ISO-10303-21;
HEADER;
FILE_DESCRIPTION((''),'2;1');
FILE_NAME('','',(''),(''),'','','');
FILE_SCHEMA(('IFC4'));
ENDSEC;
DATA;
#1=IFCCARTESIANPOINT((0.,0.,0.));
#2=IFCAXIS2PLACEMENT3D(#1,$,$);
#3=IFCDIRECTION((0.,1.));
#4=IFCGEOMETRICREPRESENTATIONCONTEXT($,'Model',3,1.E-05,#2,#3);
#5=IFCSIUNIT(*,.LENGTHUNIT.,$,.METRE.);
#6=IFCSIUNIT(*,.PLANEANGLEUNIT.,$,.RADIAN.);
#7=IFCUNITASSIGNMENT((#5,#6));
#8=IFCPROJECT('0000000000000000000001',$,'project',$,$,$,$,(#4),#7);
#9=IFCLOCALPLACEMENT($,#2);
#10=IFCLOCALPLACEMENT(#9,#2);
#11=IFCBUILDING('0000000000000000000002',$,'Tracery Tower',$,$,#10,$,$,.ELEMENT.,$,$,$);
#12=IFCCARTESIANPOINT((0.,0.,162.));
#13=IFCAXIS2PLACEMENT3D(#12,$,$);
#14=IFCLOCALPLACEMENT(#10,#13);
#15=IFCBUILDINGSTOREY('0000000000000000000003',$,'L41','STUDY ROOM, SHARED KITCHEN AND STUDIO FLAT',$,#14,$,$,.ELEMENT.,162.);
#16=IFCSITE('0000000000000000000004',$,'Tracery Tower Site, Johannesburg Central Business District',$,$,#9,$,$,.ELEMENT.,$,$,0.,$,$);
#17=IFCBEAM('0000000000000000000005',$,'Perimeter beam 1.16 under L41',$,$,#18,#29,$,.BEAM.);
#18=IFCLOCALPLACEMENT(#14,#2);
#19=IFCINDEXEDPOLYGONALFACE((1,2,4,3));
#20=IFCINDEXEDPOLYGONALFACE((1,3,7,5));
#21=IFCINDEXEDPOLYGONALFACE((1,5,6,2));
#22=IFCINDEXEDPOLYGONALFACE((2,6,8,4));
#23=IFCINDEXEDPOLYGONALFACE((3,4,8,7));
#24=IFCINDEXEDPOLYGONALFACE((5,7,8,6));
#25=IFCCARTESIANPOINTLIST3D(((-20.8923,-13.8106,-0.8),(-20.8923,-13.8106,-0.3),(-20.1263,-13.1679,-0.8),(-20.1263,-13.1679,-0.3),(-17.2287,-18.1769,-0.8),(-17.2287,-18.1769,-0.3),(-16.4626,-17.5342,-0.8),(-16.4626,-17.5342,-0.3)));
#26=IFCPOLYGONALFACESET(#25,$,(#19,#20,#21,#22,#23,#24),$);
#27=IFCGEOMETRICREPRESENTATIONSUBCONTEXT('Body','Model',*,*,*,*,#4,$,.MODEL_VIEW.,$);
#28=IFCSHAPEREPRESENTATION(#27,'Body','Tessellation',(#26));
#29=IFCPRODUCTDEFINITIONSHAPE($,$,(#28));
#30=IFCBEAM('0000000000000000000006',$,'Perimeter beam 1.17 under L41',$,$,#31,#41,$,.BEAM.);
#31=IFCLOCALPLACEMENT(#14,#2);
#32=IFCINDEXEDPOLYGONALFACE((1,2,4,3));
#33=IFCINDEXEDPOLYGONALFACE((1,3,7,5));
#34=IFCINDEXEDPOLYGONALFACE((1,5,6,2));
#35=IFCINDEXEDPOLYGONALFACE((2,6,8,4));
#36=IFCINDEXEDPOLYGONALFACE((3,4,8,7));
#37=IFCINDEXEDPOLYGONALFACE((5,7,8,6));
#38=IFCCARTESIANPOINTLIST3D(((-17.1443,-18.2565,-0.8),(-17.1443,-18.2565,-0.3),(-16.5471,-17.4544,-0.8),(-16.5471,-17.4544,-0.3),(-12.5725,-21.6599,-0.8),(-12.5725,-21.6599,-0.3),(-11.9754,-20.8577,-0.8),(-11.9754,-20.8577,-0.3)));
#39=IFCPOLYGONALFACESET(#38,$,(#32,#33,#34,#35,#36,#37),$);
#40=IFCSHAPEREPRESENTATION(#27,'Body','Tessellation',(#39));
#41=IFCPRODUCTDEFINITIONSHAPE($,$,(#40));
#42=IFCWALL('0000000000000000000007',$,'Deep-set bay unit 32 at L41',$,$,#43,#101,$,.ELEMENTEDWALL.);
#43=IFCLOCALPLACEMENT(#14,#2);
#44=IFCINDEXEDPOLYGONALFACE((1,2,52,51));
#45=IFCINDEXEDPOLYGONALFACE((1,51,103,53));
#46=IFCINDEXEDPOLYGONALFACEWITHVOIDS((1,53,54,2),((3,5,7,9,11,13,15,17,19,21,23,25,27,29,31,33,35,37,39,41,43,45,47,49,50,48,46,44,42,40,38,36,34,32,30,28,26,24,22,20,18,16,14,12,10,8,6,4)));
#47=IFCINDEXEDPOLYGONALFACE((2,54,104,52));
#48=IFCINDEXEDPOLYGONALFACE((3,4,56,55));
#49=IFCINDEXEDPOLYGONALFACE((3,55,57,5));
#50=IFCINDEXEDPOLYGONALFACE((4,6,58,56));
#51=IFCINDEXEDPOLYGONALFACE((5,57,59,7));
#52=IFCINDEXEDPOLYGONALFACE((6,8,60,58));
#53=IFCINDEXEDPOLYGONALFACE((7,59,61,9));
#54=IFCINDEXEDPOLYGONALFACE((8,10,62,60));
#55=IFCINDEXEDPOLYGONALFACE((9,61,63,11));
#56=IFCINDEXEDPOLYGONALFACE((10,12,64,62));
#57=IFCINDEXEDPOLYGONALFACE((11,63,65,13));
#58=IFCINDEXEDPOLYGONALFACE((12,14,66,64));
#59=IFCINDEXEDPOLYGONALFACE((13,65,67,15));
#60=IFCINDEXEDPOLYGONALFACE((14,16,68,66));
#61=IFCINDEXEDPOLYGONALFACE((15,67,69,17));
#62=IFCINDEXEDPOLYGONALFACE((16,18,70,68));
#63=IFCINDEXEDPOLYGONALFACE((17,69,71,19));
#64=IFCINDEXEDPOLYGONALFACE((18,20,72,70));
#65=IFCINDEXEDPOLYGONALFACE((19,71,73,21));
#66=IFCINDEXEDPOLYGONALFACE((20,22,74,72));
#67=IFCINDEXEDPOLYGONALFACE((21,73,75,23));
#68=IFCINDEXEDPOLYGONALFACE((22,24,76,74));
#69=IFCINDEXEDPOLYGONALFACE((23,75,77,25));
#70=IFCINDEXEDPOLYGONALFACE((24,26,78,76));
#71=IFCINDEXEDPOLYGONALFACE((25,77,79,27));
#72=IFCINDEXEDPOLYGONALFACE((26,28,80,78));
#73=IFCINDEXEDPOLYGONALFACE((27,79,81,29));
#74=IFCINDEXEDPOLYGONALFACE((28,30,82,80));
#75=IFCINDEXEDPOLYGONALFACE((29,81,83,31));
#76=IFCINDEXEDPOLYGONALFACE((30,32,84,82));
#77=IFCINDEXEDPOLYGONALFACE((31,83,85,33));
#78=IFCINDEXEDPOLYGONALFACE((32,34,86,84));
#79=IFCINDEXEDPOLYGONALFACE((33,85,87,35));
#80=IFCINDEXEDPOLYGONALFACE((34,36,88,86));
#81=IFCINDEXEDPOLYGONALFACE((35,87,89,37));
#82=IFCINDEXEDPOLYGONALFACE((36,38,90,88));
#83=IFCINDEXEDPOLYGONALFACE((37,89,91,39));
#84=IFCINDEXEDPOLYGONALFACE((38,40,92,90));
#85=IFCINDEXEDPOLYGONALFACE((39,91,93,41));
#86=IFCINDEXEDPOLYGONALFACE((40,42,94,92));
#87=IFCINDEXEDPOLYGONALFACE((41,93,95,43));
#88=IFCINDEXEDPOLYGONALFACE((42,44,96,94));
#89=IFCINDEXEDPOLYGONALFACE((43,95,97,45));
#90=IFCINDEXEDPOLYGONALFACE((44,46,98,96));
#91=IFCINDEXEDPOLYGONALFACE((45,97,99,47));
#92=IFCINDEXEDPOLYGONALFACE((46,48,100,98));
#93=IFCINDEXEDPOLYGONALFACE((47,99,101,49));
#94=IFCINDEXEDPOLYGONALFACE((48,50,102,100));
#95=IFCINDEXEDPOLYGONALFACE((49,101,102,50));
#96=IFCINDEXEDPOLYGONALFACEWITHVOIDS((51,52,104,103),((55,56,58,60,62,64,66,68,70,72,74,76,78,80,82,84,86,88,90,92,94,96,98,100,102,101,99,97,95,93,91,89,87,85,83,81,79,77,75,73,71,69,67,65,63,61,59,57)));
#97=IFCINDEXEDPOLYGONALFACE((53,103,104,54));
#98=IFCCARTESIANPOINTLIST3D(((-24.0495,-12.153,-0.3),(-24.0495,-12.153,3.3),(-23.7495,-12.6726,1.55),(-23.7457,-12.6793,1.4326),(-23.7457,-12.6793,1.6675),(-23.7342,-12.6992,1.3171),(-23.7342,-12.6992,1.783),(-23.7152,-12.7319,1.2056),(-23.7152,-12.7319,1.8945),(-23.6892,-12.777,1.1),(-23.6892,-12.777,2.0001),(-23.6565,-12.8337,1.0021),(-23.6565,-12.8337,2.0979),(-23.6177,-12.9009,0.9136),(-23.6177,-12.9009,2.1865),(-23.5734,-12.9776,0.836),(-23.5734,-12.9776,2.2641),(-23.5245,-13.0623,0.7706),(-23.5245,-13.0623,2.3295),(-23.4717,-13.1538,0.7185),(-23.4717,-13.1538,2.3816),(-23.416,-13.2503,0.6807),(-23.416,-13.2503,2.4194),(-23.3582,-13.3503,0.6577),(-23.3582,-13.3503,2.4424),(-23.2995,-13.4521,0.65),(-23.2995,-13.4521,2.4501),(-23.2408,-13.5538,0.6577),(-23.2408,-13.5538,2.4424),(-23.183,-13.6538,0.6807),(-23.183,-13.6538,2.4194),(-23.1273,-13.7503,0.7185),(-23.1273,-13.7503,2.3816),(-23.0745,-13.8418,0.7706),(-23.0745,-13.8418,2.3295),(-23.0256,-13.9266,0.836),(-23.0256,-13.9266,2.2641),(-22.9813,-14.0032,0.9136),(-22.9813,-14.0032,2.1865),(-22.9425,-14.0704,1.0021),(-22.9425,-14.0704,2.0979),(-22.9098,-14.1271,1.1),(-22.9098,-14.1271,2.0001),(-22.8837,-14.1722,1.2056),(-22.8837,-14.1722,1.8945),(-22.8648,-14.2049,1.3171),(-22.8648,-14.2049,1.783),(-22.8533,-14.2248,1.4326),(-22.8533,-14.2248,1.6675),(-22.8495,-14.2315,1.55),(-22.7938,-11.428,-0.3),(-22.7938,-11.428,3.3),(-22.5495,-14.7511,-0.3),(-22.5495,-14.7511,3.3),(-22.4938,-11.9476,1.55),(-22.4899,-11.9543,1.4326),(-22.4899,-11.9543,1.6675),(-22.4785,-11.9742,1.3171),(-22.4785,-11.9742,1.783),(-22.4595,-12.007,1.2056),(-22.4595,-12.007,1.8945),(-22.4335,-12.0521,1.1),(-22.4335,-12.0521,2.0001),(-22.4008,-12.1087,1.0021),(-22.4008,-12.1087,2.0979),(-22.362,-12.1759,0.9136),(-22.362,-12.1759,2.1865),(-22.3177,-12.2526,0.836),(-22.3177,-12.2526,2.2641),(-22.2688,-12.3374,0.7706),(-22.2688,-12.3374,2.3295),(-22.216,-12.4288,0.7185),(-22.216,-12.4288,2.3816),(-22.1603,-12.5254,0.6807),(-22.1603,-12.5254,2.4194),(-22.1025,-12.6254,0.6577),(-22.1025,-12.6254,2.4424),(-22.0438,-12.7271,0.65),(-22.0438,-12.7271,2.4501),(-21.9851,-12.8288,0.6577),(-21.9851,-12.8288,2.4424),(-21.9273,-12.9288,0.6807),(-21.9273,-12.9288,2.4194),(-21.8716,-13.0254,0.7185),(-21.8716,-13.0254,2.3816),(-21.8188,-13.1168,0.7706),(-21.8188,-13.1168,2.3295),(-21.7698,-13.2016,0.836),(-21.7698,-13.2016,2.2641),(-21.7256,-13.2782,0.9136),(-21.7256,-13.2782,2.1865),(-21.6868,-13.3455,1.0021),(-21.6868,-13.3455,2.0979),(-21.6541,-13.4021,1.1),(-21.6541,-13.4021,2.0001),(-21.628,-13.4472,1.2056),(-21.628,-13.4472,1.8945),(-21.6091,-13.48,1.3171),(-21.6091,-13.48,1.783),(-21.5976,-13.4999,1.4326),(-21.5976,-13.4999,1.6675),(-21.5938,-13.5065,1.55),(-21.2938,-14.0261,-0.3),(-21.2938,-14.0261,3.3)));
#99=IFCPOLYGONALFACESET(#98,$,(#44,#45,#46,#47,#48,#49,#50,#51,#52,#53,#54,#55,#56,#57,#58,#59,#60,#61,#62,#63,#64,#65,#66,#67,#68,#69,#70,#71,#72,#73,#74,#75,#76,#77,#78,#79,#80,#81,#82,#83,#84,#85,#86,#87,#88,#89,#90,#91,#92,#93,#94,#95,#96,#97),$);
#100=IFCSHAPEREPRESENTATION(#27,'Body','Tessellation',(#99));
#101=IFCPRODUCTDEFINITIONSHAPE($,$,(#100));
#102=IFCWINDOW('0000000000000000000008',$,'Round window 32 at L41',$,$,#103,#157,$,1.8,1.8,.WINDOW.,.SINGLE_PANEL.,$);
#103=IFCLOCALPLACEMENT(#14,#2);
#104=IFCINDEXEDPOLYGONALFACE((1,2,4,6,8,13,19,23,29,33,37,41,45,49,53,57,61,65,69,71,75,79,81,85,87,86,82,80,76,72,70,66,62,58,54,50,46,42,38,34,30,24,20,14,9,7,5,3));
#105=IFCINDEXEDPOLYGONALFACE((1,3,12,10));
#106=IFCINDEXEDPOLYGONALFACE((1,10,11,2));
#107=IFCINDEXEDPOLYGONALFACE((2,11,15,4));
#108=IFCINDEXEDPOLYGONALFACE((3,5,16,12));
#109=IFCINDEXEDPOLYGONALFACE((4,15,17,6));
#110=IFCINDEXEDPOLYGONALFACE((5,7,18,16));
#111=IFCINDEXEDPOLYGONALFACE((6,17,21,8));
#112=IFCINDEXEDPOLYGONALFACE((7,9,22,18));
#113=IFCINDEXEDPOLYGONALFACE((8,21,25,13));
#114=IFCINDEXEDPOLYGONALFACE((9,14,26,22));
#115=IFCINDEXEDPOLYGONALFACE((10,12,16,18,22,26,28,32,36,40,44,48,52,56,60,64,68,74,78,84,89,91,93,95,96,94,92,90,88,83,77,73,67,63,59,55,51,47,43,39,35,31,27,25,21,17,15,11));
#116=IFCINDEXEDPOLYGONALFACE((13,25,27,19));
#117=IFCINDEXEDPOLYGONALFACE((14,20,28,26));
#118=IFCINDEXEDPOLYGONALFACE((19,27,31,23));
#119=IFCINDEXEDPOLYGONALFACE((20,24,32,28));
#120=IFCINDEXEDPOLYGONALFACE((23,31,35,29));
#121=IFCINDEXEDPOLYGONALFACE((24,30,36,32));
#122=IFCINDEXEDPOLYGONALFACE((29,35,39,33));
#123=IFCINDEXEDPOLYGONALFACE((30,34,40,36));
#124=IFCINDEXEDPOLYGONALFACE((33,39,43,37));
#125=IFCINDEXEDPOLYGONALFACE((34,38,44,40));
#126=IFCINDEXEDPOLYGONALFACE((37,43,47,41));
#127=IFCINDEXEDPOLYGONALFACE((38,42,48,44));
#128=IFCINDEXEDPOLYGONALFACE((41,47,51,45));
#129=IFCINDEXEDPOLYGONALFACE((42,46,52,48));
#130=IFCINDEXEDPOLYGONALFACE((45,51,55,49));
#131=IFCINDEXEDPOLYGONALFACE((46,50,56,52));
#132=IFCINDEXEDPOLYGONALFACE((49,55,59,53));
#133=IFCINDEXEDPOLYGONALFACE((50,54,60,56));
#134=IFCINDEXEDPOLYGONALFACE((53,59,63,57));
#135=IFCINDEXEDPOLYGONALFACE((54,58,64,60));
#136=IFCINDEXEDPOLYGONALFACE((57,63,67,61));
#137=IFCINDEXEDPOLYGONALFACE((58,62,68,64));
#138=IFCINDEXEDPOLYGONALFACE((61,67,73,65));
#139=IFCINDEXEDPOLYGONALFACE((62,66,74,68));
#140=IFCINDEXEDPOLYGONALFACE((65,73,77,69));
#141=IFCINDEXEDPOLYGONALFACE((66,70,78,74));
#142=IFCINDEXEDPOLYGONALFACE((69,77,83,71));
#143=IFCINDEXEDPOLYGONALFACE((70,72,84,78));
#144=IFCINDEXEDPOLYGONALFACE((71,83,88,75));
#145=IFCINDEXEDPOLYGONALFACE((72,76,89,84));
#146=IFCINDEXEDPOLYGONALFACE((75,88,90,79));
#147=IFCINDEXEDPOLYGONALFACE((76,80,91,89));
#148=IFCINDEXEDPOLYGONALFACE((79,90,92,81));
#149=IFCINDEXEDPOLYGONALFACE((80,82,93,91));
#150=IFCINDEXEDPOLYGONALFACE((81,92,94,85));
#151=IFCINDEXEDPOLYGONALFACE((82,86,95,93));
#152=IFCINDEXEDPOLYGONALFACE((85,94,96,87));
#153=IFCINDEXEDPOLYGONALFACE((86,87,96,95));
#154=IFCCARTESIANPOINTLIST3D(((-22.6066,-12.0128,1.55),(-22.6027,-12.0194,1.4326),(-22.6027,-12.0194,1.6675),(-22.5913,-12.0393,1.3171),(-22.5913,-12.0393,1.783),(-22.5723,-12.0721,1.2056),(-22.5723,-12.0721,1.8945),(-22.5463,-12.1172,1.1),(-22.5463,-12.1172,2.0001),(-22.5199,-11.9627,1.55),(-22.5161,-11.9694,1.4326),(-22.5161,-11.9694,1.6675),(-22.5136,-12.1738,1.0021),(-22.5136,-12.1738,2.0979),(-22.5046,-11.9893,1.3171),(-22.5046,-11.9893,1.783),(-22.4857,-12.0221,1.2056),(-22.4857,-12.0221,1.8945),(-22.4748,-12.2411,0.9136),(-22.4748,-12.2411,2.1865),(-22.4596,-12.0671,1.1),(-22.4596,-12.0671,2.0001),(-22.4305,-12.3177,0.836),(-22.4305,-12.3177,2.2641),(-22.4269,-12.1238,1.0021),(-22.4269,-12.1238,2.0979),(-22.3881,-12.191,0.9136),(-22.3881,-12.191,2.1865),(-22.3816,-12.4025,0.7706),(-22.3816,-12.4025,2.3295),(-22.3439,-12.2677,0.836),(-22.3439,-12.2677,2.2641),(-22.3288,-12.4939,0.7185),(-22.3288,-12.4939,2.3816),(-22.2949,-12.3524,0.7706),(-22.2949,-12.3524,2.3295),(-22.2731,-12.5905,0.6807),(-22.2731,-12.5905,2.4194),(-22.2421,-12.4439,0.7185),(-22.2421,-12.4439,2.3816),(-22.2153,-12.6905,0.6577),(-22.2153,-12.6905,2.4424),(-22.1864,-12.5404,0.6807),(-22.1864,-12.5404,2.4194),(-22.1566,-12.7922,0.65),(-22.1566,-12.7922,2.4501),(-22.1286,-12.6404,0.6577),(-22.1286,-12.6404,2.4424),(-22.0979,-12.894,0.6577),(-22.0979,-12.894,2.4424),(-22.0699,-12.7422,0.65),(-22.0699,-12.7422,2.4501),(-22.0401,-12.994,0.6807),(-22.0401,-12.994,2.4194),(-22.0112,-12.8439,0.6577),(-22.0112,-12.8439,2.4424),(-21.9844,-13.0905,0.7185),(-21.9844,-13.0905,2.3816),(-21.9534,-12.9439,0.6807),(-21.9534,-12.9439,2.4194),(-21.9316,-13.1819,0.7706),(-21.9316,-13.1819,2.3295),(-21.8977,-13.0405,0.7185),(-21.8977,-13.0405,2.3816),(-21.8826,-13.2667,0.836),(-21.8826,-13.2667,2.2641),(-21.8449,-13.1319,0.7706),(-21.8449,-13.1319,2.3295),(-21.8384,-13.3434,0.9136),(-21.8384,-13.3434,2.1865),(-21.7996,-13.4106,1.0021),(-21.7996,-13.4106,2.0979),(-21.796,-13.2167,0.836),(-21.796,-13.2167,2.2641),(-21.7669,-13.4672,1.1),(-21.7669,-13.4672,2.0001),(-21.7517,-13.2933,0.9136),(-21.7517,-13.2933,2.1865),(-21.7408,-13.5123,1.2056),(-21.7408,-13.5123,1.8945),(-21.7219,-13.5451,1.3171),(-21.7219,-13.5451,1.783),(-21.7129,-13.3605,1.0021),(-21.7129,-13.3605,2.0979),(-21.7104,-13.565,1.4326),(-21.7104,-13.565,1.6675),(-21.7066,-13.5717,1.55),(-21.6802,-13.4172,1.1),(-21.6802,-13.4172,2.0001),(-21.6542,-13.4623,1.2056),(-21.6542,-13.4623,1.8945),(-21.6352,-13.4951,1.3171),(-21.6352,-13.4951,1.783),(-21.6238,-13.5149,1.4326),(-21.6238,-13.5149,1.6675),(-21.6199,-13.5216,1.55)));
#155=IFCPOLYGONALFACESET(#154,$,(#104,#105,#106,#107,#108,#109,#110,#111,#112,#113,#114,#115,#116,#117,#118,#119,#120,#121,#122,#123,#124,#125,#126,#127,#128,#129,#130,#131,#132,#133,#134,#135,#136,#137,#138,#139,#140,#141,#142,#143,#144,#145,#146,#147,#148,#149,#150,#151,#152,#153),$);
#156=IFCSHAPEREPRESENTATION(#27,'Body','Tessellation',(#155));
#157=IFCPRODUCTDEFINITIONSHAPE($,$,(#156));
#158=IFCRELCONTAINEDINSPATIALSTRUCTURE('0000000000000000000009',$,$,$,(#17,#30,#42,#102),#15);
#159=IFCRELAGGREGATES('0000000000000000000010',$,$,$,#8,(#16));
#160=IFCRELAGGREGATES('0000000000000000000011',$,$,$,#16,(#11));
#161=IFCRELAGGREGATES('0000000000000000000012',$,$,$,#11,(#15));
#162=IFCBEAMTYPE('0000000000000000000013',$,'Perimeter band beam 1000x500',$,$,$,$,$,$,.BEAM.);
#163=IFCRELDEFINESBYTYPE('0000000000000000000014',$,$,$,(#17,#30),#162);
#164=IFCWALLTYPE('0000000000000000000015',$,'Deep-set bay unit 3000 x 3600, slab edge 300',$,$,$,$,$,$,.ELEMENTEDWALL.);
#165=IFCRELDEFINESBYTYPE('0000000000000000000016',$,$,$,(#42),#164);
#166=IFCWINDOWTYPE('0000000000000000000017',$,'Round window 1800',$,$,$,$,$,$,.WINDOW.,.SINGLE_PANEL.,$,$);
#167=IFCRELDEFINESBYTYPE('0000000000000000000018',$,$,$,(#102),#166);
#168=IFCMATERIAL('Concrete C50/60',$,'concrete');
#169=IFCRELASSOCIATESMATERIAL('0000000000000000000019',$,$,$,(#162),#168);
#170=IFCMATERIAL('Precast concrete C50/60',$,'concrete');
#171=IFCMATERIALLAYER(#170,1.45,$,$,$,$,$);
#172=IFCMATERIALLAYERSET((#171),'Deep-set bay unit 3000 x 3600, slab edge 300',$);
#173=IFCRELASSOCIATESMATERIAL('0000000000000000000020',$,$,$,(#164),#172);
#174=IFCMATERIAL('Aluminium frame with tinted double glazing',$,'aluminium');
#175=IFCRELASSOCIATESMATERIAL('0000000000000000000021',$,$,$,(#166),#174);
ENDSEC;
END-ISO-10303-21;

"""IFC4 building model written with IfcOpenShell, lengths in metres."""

from ifc_helpers import new_model, si_unit, direction, frame, frame_2d, origin, origin_2d, place, context, subcontext, project, spatial, rectangle, circle, extrude, material, layer, layer_set, material_profile, profile_set, type_object, element, fill, save


model = new_model("IFC4")

# Units and contexts
model_context = context("Model", 3, precision=1e-05, world=origin(), true_north=direction((0.0, 1.0)))
body_context = subcontext(model_context, "Body", "Model", "MODEL_VIEW")
ifc_project = project(units=[si_unit("LENGTHUNIT", "METRE"), si_unit("PLANEANGLEUNIT", "RADIAN")], contexts=[model_context])

# Site, building, storey
site_placement = place(None, origin())
site = spatial("IfcSite", under=ifc_project, at=site_placement, Name="Tracery Tower Site, Johannesburg Central Business District", CompositionType="ELEMENT", RefElevation=0.0)
building_placement = place(site_placement, origin())
building = spatial("IfcBuilding", under=site, at=building_placement, Name="Tracery Tower", CompositionType="ELEMENT")
storey_placement = place(building_placement, frame((0.0, 0.0, 162.0)))
storey = spatial("IfcBuildingStorey", under=building, at=storey_placement, Name="L41", Description="STUDY ROOM, SHARED KITCHEN AND STUDIO FLAT", CompositionType="ELEMENT", Elevation=162.0)

# Beams
ifc_material_1 = material(Name="Concrete C50/60", Category="concrete")
ifc_material_profile_1 = material_profile(ifc_material_1, rectangle(XDim=1.0, YDim=0.5, at=origin_2d()), Name="RC 1000x500")
ifc_profile_set_1 = profile_set([ifc_material_profile_1], Name="Concrete C50/60")
beam_type = type_object("IfcBeamType", Name="Perimeter band beam 1000x500", PredefinedType="BEAM", material=ifc_profile_set_1)
beam_1_placement = place(storey_placement, frame((-20.5093, -13.4893, -0.55), z_axis=(0.642776, -0.766054, 0.0), x_axis=(0.766054, 0.642776, 0.0)))
element("IfcBeam", 1, at=beam_1_placement, inside=storey, type_object=beam_type, Name="Perimeter beam 1.16 under L41", PredefinedType="BEAM", context=body_context, shape_type="SweptSolid", body=[
    extrude(rectangle(XDim=1.0, YDim=0.5, at=origin_2d()), origin(), (0.0, 0.0, 1.0), 5.6997),
])
beam_2_placement = place(storey_placement, frame((-16.8457, -17.8555, -0.55), z_axis=(0.802144, -0.597131, 0.0), x_axis=(0.597131, 0.802144, 0.0)))
element("IfcBeam", 2, at=beam_2_placement, inside=storey, type_object=beam_type, Name="Perimeter beam 1.17 under L41", PredefinedType="BEAM", context=body_context, shape_type="SweptSolid", body=[
    extrude(rectangle(XDim=1.0, YDim=0.5, at=origin_2d()), origin(), (0.0, 0.0, 1.0), 5.6995),
])

# Wall, opening, window
ifc_material_2 = material(Name="Precast concrete C50/60", Category="concrete")
ifc_layer_1 = layer(ifc_material_2, 1.45)
ifc_layer_set_1 = layer_set([ifc_layer_1], Name="Deep-set bay unit 3000 x 3600, slab edge 300")
wall_type_1 = type_object("IfcWallType", Name="Deep-set bay unit 3000 x 3600, slab edge 300", PredefinedType="ELEMENTEDWALL", material=ifc_layer_set_1)
wall_1_placement = place(storey_placement, frame((-23.4216, -11.7905, -0.3), z_axis=(0.0, 0.0, 1.0), x_axis=(0.49999, -0.866031, 0.0)))
wall_1 = element("IfcWall", 3, at=wall_1_placement, inside=storey, type_object=wall_type_1, Name="Deep-set bay unit 32 at L41", PredefinedType="ELEMENTEDWALL", context=body_context, shape_type="SweptSolid", body=[
    extrude(rectangle(XDim=3.0, YDim=1.45, at=frame_2d((1.5, 0.0))), origin(), (0.0, 0.0, 1.0), 3.6001),
])
opening_1_placement = place(wall_1_placement, frame((1.5, 0.0, 1.8501)))
opening_1 = element("IfcOpeningElement", 4, at=opening_1_placement, cuts=wall_1, PredefinedType="OPENING", context=body_context, shape_type="SweptSolid", body=[
    extrude(circle(Radius=0.9, at=origin_2d()), frame((0.0, 0.7349, 0.0), z_axis=(0.0, -1.0, 0.0), x_axis=(1.0, 0.0, 0.0)), (0.0, 0.0, 1.0), 1.47),
])
ifc_material_3 = material(Name="Aluminium frame with tinted double glazing", Category="aluminium")
window_type = type_object("IfcWindowType", Name="Round window 1800", PartitioningType="SINGLE_PANEL", PredefinedType="WINDOW", material=ifc_material_3)
window_1_placement = place(opening_1_placement, origin())
window_1 = element("IfcWindow", 5, at=window_1_placement, inside=storey, type_object=window_type, Name="Round window 32 at L41", OverallHeight=1.8, OverallWidth=1.8, PartitioningType="SINGLE_PANEL", PredefinedType="WINDOW", context=body_context, shape_type="SweptSolid", body=[
    extrude(circle(Radius=0.9, at=origin_2d()), frame((0.0, 0.6948, 0.0), z_axis=(0.0, -1.0, 0.0), x_axis=(1.0, 0.0, 0.0)), (0.0, 0.0, 1.0), 0.1001),
])
fill(opening_1, window_1)

save(model, "model.ifc")
